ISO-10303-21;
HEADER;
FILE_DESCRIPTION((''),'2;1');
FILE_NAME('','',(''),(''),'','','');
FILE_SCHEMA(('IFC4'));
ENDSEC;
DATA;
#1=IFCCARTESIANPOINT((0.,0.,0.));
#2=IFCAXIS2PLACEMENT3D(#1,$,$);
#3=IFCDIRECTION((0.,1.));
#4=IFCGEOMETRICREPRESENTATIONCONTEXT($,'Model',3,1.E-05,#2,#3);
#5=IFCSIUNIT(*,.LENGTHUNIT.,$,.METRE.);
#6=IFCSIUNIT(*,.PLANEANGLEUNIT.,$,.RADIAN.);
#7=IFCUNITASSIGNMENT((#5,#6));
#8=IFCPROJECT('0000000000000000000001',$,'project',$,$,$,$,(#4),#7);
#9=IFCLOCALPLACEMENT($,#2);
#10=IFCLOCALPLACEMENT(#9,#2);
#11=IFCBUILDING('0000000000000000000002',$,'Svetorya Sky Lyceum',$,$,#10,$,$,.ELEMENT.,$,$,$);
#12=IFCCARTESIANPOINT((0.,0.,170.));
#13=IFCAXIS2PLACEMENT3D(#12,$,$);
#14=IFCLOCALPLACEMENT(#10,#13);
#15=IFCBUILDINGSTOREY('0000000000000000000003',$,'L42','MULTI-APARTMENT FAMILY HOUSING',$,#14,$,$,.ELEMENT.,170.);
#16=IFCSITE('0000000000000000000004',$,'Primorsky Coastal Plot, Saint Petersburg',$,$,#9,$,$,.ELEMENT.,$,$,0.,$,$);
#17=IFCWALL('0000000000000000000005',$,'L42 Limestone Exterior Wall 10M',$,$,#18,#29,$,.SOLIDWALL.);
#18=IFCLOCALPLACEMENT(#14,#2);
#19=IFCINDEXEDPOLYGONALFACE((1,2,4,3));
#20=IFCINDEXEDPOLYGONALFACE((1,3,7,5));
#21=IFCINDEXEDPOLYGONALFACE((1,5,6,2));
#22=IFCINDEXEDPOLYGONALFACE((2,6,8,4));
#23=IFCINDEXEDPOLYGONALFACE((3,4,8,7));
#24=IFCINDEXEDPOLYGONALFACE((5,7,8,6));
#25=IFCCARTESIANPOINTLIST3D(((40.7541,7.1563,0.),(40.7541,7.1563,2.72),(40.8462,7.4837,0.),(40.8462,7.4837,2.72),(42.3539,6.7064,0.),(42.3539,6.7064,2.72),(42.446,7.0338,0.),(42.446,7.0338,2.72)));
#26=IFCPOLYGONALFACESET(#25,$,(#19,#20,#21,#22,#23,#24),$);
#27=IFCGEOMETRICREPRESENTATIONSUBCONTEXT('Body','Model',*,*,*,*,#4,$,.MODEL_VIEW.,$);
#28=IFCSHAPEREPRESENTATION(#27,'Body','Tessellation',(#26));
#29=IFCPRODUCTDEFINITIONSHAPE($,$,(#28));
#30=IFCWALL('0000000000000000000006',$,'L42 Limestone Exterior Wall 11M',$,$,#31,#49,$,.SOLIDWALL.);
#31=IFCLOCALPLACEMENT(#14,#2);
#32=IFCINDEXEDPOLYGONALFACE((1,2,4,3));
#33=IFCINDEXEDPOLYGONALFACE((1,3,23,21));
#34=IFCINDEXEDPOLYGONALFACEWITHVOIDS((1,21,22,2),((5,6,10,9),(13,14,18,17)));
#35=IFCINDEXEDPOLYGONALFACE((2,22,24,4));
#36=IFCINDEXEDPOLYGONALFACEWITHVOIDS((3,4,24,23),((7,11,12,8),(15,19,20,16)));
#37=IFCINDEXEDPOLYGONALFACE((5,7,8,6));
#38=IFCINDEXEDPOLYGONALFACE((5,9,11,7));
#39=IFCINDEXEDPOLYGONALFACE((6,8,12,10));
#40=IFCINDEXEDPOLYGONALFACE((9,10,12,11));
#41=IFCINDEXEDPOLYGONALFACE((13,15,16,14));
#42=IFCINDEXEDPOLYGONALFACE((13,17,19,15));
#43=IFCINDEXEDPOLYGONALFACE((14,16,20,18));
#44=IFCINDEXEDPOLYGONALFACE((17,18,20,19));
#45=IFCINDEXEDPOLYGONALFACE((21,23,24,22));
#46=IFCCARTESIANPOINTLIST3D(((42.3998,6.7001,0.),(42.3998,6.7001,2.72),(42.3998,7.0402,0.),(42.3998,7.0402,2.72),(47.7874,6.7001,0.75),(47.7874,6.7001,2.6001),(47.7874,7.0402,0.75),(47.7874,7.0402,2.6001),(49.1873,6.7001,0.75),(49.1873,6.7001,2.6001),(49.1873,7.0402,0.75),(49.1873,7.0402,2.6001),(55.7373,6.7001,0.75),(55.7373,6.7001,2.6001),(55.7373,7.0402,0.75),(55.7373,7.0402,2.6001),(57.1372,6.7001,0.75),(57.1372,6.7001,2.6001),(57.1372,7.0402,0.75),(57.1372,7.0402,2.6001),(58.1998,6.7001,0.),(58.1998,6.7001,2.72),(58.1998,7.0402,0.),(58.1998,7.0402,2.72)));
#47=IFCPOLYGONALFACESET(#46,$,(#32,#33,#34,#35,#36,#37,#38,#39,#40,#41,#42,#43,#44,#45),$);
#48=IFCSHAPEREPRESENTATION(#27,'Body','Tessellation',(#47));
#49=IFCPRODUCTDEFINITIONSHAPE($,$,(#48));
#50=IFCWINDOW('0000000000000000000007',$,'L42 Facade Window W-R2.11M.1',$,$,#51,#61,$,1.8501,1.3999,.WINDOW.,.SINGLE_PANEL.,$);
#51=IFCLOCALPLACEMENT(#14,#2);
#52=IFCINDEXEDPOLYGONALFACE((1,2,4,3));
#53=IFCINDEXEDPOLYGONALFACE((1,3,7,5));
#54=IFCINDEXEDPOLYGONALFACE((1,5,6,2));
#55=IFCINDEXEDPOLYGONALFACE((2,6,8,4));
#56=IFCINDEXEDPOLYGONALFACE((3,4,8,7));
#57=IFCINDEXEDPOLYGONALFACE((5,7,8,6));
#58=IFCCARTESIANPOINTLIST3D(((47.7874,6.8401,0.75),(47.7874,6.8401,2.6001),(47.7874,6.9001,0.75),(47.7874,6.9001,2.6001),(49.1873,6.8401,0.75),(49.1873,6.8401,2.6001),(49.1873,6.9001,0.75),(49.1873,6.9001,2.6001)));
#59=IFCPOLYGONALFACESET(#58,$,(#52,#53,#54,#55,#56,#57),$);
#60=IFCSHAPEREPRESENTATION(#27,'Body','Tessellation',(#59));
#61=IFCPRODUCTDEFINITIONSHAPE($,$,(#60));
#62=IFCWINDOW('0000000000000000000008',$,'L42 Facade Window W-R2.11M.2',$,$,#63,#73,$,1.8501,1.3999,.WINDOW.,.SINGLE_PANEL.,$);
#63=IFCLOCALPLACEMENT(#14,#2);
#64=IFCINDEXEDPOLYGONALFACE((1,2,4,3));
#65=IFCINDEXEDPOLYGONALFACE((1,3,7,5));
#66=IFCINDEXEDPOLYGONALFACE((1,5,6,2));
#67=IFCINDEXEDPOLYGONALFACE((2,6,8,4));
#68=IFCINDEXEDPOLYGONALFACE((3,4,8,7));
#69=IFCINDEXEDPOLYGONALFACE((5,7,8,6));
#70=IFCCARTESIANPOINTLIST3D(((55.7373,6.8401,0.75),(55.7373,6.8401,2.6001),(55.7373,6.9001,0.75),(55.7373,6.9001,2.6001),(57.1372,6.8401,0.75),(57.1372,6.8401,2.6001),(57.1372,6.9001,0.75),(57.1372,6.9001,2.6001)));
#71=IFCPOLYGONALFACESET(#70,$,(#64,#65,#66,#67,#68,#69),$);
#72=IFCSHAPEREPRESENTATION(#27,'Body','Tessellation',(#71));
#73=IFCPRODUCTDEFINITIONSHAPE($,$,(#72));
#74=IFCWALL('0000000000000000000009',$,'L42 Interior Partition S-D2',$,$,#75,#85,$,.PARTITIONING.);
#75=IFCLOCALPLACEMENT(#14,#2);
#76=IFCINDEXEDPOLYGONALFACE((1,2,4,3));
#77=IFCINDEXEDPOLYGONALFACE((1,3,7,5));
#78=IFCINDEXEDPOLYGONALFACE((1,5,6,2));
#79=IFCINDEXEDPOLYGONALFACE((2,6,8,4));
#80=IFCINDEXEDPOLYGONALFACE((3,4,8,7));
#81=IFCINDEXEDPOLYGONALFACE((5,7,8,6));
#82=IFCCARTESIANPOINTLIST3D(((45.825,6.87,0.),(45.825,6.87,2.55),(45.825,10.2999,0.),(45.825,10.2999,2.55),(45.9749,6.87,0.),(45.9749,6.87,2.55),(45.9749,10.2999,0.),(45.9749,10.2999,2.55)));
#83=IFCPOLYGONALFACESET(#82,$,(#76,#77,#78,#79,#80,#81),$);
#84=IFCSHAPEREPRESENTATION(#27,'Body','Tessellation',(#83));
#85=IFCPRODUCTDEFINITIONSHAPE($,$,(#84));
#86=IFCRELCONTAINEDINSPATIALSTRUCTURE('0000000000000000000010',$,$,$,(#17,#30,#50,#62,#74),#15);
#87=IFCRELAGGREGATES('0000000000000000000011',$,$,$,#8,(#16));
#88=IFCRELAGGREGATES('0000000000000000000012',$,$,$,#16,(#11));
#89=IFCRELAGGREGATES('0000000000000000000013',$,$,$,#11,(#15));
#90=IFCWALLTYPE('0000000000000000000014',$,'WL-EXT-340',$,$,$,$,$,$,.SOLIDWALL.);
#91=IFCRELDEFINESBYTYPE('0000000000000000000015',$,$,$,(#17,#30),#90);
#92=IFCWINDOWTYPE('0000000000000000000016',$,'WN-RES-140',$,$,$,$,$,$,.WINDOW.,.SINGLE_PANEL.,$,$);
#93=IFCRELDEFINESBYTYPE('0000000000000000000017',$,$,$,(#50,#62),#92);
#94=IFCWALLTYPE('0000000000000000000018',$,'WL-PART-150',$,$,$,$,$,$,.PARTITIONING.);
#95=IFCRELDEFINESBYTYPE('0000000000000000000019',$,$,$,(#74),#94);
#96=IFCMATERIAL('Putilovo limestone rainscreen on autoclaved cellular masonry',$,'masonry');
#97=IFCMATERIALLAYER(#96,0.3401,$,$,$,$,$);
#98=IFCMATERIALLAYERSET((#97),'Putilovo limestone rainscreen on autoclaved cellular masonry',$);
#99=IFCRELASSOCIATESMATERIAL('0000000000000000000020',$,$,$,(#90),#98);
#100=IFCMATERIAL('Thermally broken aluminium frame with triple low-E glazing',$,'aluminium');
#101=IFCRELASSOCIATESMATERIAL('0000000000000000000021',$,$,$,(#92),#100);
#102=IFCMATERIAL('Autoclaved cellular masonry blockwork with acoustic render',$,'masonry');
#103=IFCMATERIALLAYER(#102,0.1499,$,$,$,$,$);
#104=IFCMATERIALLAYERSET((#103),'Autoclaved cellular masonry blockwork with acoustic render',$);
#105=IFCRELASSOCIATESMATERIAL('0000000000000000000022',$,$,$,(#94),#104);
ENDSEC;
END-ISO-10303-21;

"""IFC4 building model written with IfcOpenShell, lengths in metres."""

from ifc_helpers import new_model, si_unit, direction, frame, frame_2d, origin, place, context, subcontext, project, spatial, rectangle, extrude, material, layer, layer_set, type_object, element, fill, save


model = new_model("IFC4")

# Units and contexts
model_context = context("Model", 3, precision=1e-05, world=origin(), true_north=direction((0.0, 1.0)))
body_context = subcontext(model_context, "Body", "Model", "MODEL_VIEW")
ifc_project = project(units=[si_unit("LENGTHUNIT", "METRE"), si_unit("PLANEANGLEUNIT", "RADIAN")], contexts=[model_context])

# Site, building, storey
site_placement = place(None, origin())
site = spatial("IfcSite", under=ifc_project, at=site_placement, Name="Primorsky Coastal Plot, Saint Petersburg", CompositionType="ELEMENT", RefElevation=0.0)
building_placement = place(site_placement, origin())
building = spatial("IfcBuilding", under=site, at=building_placement, Name="Svetorya Sky Lyceum", CompositionType="ELEMENT")
storey_placement = place(building_placement, frame((0.0, 0.0, 170.0)))
storey = spatial("IfcBuildingStorey", under=building, at=storey_placement, Name="L42", Description="MULTI-APARTMENT FAMILY HOUSING", CompositionType="ELEMENT", Elevation=170.0)

# Wall
ifc_material_1 = material(Name="Putilovo limestone rainscreen on autoclaved cellular masonry", Category="masonry")
ifc_layer_1 = layer(ifc_material_1, 0.3401)
ifc_layer_set_1 = layer_set([ifc_layer_1], Name="Putilovo limestone rainscreen on autoclaved cellular masonry")
wall_type_1 = type_object("IfcWallType", Name="WL-EXT-340", PredefinedType="SOLIDWALL", material=ifc_layer_set_1)
wall_1_placement = place(storey_placement, frame((40.8, 7.3201, 0.0), z_axis=(0.0, 0.0, 1.0), x_axis=(0.962652, -0.270741, 0.0)))
element("IfcWall", 1, at=wall_1_placement, inside=storey, type_object=wall_type_1, Name="L42 Limestone Exterior Wall 10M", PredefinedType="SOLIDWALL", context=body_context, shape_type="SweptSolid", body=[
    extrude(rectangle(XDim=1.6619, YDim=0.3401, at=frame_2d((0.8311, 0.0))), origin(), (0.0, 0.0, 1.0), 2.72),
])

# Wall, openings, windows
wall_2_placement = place(storey_placement, frame((42.3999, 6.8701, 0.0), z_axis=(0.0, 0.0, 1.0), x_axis=(1.0, 0.0, 0.0)))
wall_2 = element("IfcWall", 2, at=wall_2_placement, inside=storey, type_object=wall_type_1, Name="L42 Limestone Exterior Wall 11M", PredefinedType="SOLIDWALL", context=body_context, shape_type="SweptSolid", body=[
    extrude(rectangle(XDim=15.8, YDim=0.3401, at=frame_2d((7.8999, 0.0))), origin(), (0.0, 0.0, 1.0), 2.72),
])
opening_1_placement = place(wall_2_placement, frame((5.3875, 0.0, 0.75)))
opening_1 = element("IfcOpeningElement", 3, at=opening_1_placement, cuts=wall_2, PredefinedType="OPENING", context=body_context, shape_type="SweptSolid", body=[
    extrude(rectangle(XDim=1.3999, YDim=1.8501, at=frame_2d((0.7, 0.925))), frame((0.0, 0.1799, 0.0), z_axis=(0.0, -1.0, 0.0), x_axis=(1.0, 0.0, 0.0)), (0.0, 0.0, 1.0), 0.3601),
])
opening_2_placement = place(wall_2_placement, frame((13.3374, 0.0, 0.75)))
opening_2 = element("IfcOpeningElement", 4, at=opening_2_placement, cuts=wall_2, PredefinedType="OPENING", context=body_context, shape_type="SweptSolid", body=[
    extrude(rectangle(XDim=1.3999, YDim=1.8501, at=frame_2d((0.7, 0.925))), frame((0.0, 0.1799, 0.0), z_axis=(0.0, -1.0, 0.0), x_axis=(1.0, 0.0, 0.0)), (0.0, 0.0, 1.0), 0.3601),
])
ifc_material_2 = material(Name="Thermally broken aluminium frame with triple low-E glazing", Category="aluminium")
window_type = type_object("IfcWindowType", Name="WN-RES-140", PartitioningType="SINGLE_PANEL", PredefinedType="WINDOW", material=ifc_material_2)
window_1_placement = place(opening_1_placement, origin())
window_1 = element("IfcWindow", 5, at=window_1_placement, inside=storey, type_object=window_type, Name="L42 Facade Window W-R2.11M.1", OverallHeight=1.8501, OverallWidth=1.3999, PartitioningType="SINGLE_PANEL", PredefinedType="WINDOW", context=body_context, shape_type="SweptSolid", body=[
    extrude(rectangle(XDim=1.3999, YDim=1.8501, at=frame_2d((0.7, 0.925))), frame((0.0, 0.03, 0.0), z_axis=(0.0, -1.0, 0.0), x_axis=(1.0, 0.0, 0.0)), (0.0, 0.0, 1.0), 0.0601),
])
fill(opening_1, window_1)
window_2_placement = place(opening_2_placement, origin())
window_2 = element("IfcWindow", 6, at=window_2_placement, inside=storey, type_object=window_type, Name="L42 Facade Window W-R2.11M.2", OverallHeight=1.8501, OverallWidth=1.3999, PartitioningType="SINGLE_PANEL", PredefinedType="WINDOW", context=body_context, shape_type="SweptSolid", body=[
    extrude(rectangle(XDim=1.3999, YDim=1.8501, at=frame_2d((0.7, 0.925))), frame((0.0, 0.03, 0.0), z_axis=(0.0, -1.0, 0.0), x_axis=(1.0, 0.0, 0.0)), (0.0, 0.0, 1.0), 0.0601),
])
fill(opening_2, window_2)

# Wall
ifc_material_3 = material(Name="Autoclaved cellular masonry blockwork with acoustic render", Category="masonry")
ifc_layer_2 = layer(ifc_material_3, 0.1499)
ifc_layer_set_2 = layer_set([ifc_layer_2], Name="Autoclaved cellular masonry blockwork with acoustic render")
wall_type_2 = type_object("IfcWallType", Name="WL-PART-150", PredefinedType="PARTITIONING", material=ifc_layer_set_2)
wall_3_placement = place(storey_placement, frame((45.8999, 6.8701, 0.0), z_axis=(0.0, 0.0, 1.0), x_axis=(0.0, 1.0, 0.0)))
element("IfcWall", 7, at=wall_3_placement, inside=storey, type_object=wall_type_2, Name="L42 Interior Partition S-D2", PredefinedType="PARTITIONING", context=body_context, shape_type="SweptSolid", body=[
    extrude(rectangle(XDim=3.4299, YDim=0.1499, at=frame_2d((1.7148, 0.0))), origin(), (0.0, 0.0, 1.0), 2.55),
])

save(model, "model.ifc")
